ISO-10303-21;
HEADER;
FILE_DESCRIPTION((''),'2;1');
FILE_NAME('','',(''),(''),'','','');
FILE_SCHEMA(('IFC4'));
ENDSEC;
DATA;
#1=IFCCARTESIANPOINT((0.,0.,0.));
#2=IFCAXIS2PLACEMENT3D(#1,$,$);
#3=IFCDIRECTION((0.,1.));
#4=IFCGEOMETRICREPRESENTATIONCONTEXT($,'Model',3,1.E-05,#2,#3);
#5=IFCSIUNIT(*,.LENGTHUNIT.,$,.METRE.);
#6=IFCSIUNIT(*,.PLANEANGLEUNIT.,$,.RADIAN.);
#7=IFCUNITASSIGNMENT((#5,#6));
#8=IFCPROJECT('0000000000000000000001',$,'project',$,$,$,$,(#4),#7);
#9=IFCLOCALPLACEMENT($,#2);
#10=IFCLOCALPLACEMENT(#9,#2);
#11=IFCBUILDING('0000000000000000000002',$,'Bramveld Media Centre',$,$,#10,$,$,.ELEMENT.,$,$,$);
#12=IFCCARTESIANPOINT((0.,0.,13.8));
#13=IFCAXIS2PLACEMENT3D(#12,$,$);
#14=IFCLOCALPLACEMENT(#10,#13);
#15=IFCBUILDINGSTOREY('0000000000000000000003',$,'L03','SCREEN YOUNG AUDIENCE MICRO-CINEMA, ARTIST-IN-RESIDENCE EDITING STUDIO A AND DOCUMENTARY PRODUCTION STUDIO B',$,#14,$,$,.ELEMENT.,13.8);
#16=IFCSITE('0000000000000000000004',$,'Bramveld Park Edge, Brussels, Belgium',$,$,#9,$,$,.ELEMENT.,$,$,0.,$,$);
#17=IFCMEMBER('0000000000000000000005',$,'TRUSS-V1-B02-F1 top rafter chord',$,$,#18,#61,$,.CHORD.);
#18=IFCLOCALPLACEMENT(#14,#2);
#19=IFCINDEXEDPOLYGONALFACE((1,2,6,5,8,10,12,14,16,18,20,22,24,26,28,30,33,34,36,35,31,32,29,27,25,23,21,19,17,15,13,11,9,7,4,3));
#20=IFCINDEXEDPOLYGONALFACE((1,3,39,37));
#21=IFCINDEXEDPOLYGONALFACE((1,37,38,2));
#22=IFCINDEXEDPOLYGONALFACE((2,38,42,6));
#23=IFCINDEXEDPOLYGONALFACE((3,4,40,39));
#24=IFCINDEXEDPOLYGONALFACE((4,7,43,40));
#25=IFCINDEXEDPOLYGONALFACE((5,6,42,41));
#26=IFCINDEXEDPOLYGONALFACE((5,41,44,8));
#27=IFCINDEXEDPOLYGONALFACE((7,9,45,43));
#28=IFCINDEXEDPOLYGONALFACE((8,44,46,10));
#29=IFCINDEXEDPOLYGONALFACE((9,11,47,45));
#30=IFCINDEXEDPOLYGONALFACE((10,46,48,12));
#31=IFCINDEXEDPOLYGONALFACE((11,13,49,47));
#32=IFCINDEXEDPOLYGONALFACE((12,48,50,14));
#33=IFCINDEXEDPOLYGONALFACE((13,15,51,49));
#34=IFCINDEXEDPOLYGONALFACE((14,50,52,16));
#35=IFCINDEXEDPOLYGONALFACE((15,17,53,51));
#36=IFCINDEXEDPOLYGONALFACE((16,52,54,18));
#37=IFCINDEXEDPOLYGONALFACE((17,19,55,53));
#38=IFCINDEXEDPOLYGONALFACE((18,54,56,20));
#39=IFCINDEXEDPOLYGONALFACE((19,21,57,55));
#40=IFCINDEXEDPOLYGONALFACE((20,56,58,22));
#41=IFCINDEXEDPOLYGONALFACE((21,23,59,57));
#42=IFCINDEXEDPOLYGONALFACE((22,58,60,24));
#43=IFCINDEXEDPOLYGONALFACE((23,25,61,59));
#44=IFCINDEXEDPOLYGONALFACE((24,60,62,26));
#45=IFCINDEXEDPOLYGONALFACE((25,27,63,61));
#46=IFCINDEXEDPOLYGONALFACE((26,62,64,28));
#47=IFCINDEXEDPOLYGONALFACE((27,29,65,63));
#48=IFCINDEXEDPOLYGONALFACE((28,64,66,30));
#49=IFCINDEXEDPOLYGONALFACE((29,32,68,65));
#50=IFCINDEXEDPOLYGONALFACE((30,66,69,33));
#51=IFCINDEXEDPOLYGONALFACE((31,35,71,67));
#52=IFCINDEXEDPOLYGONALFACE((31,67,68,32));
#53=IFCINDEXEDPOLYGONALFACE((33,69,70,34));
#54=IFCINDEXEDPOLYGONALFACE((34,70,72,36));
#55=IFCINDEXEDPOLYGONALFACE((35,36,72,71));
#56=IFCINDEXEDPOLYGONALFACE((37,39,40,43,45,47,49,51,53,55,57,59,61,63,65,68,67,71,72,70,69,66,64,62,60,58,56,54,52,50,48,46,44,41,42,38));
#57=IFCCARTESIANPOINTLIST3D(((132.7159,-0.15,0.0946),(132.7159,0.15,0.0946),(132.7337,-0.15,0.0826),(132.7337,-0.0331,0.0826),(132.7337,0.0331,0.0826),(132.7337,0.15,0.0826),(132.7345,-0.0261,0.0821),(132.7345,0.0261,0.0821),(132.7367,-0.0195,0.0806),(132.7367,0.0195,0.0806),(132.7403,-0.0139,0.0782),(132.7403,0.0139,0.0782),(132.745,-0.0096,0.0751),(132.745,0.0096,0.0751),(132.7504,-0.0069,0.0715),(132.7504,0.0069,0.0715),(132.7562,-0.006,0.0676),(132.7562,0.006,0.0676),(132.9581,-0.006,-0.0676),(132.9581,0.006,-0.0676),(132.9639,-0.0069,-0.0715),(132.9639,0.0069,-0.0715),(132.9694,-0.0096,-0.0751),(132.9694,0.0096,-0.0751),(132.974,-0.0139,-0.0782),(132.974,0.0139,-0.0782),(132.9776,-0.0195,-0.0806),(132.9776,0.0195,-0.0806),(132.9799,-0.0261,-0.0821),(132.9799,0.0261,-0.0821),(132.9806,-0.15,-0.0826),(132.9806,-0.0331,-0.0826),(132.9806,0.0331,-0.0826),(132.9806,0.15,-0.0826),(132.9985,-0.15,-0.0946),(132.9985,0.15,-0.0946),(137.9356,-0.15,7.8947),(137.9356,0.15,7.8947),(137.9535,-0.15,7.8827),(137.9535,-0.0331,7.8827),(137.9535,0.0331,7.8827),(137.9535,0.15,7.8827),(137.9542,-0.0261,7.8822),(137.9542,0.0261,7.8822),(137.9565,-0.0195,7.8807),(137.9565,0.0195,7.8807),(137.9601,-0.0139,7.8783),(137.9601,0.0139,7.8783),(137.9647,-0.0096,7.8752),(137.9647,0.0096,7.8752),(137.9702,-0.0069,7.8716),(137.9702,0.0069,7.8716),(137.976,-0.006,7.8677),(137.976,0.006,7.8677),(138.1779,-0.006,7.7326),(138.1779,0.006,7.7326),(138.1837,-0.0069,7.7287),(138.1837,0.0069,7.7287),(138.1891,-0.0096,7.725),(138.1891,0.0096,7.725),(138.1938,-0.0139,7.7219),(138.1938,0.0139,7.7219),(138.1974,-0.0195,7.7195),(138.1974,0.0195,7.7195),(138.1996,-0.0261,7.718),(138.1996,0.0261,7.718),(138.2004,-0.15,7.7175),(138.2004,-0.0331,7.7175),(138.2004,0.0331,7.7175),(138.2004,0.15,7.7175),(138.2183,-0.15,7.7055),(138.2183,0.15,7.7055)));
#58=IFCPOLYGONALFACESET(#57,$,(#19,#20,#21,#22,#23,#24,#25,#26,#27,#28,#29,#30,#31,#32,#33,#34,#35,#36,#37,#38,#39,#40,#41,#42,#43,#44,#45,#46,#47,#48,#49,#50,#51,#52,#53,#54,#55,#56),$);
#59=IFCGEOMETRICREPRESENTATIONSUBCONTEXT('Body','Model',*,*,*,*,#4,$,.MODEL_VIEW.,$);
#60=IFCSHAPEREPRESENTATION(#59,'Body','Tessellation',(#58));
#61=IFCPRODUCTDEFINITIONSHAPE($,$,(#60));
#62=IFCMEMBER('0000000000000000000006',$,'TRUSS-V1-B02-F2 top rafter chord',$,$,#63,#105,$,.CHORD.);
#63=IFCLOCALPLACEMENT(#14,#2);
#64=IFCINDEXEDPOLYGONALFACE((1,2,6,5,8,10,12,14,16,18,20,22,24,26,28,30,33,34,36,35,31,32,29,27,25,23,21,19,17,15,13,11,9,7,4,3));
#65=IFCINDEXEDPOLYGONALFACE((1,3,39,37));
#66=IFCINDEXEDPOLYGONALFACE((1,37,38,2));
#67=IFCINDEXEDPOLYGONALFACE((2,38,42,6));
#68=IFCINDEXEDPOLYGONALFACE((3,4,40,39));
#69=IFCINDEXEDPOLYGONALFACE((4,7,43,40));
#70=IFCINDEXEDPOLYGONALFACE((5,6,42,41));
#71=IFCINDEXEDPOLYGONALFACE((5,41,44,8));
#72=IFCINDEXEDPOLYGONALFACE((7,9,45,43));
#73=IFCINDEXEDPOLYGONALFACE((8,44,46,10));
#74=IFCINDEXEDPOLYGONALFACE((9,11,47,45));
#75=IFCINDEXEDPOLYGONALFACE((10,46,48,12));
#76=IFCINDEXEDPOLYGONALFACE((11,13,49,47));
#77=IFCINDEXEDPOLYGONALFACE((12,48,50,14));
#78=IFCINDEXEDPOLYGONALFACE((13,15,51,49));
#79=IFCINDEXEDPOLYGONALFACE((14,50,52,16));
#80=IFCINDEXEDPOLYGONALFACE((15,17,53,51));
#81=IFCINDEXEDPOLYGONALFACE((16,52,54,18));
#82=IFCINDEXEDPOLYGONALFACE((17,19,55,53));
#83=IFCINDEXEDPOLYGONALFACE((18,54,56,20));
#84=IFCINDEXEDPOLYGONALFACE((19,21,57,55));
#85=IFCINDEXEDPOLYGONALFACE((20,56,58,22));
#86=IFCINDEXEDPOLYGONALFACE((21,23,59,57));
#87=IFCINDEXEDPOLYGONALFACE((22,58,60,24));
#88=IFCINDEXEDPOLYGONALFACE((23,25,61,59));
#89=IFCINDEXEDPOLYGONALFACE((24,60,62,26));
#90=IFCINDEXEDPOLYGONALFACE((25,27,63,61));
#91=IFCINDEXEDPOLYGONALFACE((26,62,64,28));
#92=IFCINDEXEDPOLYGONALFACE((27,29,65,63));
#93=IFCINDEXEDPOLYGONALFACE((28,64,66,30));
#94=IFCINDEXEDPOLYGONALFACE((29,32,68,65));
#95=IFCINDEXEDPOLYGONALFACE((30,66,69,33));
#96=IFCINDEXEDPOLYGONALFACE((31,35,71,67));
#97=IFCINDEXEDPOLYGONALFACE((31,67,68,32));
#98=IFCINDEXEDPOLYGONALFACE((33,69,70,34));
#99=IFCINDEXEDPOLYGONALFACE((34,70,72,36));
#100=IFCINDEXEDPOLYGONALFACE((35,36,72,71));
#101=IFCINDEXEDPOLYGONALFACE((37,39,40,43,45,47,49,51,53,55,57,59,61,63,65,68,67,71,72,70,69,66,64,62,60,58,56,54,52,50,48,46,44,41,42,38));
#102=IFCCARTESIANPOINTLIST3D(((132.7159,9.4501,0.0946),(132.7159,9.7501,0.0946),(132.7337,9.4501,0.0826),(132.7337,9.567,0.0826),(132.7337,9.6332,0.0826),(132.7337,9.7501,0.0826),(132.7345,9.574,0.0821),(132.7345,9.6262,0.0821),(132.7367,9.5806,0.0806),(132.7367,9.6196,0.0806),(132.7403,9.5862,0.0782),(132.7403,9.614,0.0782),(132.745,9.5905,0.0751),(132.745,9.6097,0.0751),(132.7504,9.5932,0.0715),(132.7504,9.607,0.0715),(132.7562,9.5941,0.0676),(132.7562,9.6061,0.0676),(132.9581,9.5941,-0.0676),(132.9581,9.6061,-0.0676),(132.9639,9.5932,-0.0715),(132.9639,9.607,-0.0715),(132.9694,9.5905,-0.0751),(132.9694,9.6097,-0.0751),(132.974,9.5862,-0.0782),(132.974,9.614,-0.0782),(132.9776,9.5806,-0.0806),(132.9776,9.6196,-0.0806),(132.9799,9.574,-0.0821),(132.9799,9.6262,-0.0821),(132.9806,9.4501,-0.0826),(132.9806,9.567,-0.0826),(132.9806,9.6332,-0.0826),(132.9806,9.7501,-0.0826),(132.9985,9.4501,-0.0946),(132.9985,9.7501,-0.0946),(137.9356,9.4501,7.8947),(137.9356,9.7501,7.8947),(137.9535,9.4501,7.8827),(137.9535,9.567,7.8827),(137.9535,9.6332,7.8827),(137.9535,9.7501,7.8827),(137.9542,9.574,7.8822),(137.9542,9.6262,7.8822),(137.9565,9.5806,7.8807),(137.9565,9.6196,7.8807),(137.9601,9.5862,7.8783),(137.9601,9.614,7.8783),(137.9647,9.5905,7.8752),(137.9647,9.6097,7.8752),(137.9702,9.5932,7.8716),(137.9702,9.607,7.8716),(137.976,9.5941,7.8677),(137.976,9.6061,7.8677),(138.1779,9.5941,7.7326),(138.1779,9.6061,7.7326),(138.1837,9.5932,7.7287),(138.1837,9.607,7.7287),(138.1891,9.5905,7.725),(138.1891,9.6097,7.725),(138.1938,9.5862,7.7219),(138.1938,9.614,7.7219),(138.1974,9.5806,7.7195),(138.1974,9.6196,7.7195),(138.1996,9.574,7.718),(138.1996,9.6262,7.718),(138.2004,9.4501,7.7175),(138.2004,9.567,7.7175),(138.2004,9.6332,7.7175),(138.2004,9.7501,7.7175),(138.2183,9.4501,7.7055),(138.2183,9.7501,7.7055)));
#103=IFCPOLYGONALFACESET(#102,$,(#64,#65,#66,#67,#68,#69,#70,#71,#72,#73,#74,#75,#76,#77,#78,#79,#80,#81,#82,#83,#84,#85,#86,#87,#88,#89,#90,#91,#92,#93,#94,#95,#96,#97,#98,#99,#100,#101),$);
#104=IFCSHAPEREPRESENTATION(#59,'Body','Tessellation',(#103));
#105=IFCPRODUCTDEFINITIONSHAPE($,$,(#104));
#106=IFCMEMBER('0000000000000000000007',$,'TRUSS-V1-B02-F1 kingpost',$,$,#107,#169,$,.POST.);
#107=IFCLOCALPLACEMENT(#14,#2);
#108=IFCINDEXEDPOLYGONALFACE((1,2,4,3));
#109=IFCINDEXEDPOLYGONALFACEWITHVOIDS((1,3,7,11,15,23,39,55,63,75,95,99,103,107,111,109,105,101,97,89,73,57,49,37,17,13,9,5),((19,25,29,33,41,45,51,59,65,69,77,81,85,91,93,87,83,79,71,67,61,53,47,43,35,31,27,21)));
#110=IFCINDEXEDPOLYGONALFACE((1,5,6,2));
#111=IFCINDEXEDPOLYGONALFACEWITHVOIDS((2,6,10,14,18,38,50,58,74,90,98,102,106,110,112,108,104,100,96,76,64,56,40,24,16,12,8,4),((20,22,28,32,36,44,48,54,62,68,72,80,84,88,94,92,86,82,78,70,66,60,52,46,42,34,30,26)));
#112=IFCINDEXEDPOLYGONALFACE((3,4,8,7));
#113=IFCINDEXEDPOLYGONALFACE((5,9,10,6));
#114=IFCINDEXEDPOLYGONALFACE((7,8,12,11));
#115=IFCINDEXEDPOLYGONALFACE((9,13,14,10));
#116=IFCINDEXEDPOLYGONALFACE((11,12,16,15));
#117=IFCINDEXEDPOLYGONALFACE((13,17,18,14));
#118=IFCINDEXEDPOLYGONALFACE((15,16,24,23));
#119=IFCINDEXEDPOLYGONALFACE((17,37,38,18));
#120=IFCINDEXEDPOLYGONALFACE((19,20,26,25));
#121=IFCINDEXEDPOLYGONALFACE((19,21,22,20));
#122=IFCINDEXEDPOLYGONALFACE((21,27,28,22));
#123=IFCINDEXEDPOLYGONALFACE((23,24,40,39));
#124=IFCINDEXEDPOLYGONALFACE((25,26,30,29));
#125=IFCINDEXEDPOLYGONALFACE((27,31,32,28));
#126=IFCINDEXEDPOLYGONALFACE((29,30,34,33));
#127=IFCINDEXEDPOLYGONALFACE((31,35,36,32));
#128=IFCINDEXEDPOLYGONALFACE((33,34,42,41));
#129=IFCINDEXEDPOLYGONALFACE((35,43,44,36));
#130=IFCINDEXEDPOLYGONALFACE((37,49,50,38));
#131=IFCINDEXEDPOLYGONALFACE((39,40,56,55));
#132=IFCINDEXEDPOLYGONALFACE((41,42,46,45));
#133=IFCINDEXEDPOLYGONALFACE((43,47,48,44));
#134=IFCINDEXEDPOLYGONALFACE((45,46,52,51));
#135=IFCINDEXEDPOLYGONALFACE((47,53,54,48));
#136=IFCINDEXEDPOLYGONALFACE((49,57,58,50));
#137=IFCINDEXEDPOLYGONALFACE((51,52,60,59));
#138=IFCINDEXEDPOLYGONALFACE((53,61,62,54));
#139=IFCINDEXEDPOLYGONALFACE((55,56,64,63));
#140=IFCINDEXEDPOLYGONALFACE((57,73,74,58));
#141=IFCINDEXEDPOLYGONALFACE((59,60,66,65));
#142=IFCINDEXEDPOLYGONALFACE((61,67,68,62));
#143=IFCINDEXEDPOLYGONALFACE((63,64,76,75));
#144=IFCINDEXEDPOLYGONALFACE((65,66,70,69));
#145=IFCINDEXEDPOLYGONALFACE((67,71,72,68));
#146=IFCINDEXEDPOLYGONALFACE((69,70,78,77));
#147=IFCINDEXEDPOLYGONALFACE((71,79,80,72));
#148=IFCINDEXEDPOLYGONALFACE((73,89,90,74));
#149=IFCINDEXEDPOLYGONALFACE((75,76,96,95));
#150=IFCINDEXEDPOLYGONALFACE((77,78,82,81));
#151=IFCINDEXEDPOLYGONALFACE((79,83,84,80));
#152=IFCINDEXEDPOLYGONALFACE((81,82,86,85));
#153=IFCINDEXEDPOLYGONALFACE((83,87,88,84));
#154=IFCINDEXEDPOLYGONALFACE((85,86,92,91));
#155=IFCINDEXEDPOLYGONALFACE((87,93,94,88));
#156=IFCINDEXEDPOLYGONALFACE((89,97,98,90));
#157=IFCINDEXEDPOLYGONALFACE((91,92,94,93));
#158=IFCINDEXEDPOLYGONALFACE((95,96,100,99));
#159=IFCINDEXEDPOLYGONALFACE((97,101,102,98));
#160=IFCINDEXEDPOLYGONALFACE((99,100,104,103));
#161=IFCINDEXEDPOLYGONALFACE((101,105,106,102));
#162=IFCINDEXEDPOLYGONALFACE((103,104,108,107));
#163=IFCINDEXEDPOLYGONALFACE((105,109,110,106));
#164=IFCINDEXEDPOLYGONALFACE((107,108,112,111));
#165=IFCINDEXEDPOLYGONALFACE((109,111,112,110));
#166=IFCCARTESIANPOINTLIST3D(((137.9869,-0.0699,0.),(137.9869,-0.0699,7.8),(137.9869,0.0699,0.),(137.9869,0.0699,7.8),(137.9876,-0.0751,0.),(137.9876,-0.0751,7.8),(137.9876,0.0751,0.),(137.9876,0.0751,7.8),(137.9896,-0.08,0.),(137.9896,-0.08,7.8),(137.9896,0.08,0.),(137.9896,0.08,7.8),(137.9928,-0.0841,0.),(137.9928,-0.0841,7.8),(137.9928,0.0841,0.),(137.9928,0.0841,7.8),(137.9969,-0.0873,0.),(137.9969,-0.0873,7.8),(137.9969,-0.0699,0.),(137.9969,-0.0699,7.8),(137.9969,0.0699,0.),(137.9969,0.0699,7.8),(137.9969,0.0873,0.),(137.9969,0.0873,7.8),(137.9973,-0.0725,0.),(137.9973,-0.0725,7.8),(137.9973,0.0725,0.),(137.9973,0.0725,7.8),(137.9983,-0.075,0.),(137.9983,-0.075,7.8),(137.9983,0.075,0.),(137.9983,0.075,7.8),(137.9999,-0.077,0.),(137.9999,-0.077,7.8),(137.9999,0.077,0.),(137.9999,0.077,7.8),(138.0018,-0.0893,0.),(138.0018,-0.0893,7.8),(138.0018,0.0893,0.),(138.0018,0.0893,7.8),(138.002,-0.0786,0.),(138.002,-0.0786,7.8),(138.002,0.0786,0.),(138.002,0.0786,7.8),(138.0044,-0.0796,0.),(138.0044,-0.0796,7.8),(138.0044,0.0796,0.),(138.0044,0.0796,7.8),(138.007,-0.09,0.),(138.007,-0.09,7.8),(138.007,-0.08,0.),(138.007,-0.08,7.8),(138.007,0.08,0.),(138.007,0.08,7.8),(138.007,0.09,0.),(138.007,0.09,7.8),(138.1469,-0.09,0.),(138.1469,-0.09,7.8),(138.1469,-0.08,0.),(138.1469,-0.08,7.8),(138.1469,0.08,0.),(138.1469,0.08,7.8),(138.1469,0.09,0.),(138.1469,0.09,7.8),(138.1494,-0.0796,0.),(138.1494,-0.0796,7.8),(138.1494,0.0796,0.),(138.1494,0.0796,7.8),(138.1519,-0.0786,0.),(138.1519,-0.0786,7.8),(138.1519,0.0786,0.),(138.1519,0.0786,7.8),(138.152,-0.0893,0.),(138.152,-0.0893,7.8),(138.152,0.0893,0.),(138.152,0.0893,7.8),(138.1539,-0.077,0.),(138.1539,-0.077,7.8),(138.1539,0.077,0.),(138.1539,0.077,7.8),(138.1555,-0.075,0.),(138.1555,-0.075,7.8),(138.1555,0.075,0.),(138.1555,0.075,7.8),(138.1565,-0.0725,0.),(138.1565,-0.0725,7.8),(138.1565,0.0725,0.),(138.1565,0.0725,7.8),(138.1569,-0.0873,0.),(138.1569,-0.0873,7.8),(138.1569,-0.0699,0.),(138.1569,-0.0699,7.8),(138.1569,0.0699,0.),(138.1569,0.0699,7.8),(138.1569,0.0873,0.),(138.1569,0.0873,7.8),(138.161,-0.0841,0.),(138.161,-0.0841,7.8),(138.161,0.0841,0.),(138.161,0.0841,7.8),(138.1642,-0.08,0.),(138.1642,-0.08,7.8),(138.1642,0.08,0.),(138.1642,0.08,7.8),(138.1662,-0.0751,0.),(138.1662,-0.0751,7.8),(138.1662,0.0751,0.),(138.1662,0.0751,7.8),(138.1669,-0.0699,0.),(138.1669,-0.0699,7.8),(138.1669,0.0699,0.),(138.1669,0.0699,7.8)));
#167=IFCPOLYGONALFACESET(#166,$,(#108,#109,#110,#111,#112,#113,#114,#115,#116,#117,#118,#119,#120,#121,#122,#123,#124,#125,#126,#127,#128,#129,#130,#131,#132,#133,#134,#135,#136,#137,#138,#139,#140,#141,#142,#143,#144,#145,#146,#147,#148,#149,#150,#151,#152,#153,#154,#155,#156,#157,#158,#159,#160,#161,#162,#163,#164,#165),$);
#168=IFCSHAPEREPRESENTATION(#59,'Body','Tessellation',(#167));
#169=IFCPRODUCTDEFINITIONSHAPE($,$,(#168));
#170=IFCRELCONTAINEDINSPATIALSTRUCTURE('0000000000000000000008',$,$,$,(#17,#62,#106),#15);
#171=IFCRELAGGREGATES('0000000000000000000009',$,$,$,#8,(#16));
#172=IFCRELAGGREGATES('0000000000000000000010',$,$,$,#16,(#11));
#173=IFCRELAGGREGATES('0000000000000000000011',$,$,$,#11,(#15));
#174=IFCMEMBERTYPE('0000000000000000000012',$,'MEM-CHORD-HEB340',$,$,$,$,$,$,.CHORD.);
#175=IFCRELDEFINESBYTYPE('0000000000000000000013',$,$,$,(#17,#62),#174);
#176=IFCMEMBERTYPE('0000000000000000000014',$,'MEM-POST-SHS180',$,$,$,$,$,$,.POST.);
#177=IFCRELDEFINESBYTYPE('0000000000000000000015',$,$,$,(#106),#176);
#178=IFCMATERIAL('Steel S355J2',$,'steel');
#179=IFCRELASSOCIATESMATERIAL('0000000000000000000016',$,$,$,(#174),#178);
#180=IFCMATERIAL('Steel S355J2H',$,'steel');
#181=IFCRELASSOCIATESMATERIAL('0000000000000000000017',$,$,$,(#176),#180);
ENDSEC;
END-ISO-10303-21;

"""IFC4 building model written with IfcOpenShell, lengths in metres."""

from ifc_helpers import new_model, si_unit, direction, frame, origin, origin_2d, place, context, subcontext, project, spatial, hollow_rectangle, i_section, extrude, material, material_profile, profile_set, type_object, element, save


model = new_model("IFC4")

# Units and contexts
model_context = context("Model", 3, precision=1e-05, world=origin(), true_north=direction((0.0, 1.0)))
body_context = subcontext(model_context, "Body", "Model", "MODEL_VIEW")
ifc_project = project(units=[si_unit("LENGTHUNIT", "METRE"), si_unit("PLANEANGLEUNIT", "RADIAN")], contexts=[model_context])

# Site, building, storey
site_placement = place(None, origin())
site = spatial("IfcSite", under=ifc_project, at=site_placement, Name="Bramveld Park Edge, Brussels, Belgium", CompositionType="ELEMENT", RefElevation=0.0)
building_placement = place(site_placement, origin())
building = spatial("IfcBuilding", under=site, at=building_placement, Name="Bramveld Media Centre", CompositionType="ELEMENT")
storey_placement = place(building_placement, frame((0.0, 0.0, 13.8)))
storey = spatial("IfcBuildingStorey", under=building, at=storey_placement, Name="L03", Description="SCREEN YOUNG AUDIENCE MICRO-CINEMA, ARTIST-IN-RESIDENCE EDITING STUDIO A AND DOCUMENTARY PRODUCTION STUDIO B", CompositionType="ELEMENT", Elevation=13.8)

# Members
ifc_material_1 = material(Name="Steel S355J2", Category="steel")
ifc_material_profile_1 = material_profile(ifc_material_1, i_section(OverallWidth=0.3, OverallDepth=0.3401, WebThickness=0.012, FlangeThickness=0.0215, FilletRadius=0.0271, at=origin_2d()), Name="HEB 340")
ifc_profile_set_1 = profile_set([ifc_material_profile_1], Name="Steel S355J2")
member_type_1 = type_object("IfcMemberType", Name="MEM-CHORD-HEB340", PredefinedType="CHORD", material=ifc_profile_set_1)
for number, where, z_axis, x_axis, name in (
    (1, (132.8572, 0.0, 0.0), (0.556152, 0.0, 0.831081), (0.0, 1.0, 0.0), "TRUSS-V1-B02-F1 top rafter chord"),
    (2, (132.8572, 9.6001, 0.0), (0.556152, 0.0, 0.831081), (0.0, 1.0, 0.0), "TRUSS-V1-B02-F2 top rafter chord"),
):
    element("IfcMember", number, at=place(storey_placement, frame(where, z_axis=z_axis, x_axis=x_axis)), inside=storey, type_object=member_type_1, Name=name, PredefinedType="CHORD", context=body_context, shape_type="SweptSolid", body=[
        extrude(i_section(OverallWidth=0.3, OverallDepth=0.3401, WebThickness=0.012, FlangeThickness=0.0215, FilletRadius=0.0271, at=origin_2d()), origin(), (0.0, 0.0, 1.0), 9.3855),
    ])
ifc_material_2 = material(Name="Steel S355J2H", Category="steel")
ifc_material_profile_2 = material_profile(ifc_material_2, hollow_rectangle(XDim=0.1799, YDim=0.1799, WallThickness=0.01, InnerFilletRadius=0.01, OuterFilletRadius=0.02, at=origin_2d()), Name="SHS 180x180x10")
ifc_profile_set_2 = profile_set([ifc_material_profile_2], Name="Steel S355J2H")
member_type_2 = type_object("IfcMemberType", Name="MEM-POST-SHS180", PredefinedType="POST", material=ifc_profile_set_2)
member_1_placement = place(storey_placement, frame((138.0769, 0.0, 0.0), z_axis=(0.0, 0.0, 1.0), x_axis=(1.0, 0.0, 0.0)))
element("IfcMember", 3, at=member_1_placement, inside=storey, type_object=member_type_2, Name="TRUSS-V1-B02-F1 kingpost", PredefinedType="POST", context=body_context, shape_type="SweptSolid", body=[
    extrude(hollow_rectangle(XDim=0.1799, YDim=0.1799, WallThickness=0.01, InnerFilletRadius=0.01, OuterFilletRadius=0.02, at=origin_2d()), origin(), (0.0, 0.0, 1.0), 7.8),
])

save(model, "model.ifc")
